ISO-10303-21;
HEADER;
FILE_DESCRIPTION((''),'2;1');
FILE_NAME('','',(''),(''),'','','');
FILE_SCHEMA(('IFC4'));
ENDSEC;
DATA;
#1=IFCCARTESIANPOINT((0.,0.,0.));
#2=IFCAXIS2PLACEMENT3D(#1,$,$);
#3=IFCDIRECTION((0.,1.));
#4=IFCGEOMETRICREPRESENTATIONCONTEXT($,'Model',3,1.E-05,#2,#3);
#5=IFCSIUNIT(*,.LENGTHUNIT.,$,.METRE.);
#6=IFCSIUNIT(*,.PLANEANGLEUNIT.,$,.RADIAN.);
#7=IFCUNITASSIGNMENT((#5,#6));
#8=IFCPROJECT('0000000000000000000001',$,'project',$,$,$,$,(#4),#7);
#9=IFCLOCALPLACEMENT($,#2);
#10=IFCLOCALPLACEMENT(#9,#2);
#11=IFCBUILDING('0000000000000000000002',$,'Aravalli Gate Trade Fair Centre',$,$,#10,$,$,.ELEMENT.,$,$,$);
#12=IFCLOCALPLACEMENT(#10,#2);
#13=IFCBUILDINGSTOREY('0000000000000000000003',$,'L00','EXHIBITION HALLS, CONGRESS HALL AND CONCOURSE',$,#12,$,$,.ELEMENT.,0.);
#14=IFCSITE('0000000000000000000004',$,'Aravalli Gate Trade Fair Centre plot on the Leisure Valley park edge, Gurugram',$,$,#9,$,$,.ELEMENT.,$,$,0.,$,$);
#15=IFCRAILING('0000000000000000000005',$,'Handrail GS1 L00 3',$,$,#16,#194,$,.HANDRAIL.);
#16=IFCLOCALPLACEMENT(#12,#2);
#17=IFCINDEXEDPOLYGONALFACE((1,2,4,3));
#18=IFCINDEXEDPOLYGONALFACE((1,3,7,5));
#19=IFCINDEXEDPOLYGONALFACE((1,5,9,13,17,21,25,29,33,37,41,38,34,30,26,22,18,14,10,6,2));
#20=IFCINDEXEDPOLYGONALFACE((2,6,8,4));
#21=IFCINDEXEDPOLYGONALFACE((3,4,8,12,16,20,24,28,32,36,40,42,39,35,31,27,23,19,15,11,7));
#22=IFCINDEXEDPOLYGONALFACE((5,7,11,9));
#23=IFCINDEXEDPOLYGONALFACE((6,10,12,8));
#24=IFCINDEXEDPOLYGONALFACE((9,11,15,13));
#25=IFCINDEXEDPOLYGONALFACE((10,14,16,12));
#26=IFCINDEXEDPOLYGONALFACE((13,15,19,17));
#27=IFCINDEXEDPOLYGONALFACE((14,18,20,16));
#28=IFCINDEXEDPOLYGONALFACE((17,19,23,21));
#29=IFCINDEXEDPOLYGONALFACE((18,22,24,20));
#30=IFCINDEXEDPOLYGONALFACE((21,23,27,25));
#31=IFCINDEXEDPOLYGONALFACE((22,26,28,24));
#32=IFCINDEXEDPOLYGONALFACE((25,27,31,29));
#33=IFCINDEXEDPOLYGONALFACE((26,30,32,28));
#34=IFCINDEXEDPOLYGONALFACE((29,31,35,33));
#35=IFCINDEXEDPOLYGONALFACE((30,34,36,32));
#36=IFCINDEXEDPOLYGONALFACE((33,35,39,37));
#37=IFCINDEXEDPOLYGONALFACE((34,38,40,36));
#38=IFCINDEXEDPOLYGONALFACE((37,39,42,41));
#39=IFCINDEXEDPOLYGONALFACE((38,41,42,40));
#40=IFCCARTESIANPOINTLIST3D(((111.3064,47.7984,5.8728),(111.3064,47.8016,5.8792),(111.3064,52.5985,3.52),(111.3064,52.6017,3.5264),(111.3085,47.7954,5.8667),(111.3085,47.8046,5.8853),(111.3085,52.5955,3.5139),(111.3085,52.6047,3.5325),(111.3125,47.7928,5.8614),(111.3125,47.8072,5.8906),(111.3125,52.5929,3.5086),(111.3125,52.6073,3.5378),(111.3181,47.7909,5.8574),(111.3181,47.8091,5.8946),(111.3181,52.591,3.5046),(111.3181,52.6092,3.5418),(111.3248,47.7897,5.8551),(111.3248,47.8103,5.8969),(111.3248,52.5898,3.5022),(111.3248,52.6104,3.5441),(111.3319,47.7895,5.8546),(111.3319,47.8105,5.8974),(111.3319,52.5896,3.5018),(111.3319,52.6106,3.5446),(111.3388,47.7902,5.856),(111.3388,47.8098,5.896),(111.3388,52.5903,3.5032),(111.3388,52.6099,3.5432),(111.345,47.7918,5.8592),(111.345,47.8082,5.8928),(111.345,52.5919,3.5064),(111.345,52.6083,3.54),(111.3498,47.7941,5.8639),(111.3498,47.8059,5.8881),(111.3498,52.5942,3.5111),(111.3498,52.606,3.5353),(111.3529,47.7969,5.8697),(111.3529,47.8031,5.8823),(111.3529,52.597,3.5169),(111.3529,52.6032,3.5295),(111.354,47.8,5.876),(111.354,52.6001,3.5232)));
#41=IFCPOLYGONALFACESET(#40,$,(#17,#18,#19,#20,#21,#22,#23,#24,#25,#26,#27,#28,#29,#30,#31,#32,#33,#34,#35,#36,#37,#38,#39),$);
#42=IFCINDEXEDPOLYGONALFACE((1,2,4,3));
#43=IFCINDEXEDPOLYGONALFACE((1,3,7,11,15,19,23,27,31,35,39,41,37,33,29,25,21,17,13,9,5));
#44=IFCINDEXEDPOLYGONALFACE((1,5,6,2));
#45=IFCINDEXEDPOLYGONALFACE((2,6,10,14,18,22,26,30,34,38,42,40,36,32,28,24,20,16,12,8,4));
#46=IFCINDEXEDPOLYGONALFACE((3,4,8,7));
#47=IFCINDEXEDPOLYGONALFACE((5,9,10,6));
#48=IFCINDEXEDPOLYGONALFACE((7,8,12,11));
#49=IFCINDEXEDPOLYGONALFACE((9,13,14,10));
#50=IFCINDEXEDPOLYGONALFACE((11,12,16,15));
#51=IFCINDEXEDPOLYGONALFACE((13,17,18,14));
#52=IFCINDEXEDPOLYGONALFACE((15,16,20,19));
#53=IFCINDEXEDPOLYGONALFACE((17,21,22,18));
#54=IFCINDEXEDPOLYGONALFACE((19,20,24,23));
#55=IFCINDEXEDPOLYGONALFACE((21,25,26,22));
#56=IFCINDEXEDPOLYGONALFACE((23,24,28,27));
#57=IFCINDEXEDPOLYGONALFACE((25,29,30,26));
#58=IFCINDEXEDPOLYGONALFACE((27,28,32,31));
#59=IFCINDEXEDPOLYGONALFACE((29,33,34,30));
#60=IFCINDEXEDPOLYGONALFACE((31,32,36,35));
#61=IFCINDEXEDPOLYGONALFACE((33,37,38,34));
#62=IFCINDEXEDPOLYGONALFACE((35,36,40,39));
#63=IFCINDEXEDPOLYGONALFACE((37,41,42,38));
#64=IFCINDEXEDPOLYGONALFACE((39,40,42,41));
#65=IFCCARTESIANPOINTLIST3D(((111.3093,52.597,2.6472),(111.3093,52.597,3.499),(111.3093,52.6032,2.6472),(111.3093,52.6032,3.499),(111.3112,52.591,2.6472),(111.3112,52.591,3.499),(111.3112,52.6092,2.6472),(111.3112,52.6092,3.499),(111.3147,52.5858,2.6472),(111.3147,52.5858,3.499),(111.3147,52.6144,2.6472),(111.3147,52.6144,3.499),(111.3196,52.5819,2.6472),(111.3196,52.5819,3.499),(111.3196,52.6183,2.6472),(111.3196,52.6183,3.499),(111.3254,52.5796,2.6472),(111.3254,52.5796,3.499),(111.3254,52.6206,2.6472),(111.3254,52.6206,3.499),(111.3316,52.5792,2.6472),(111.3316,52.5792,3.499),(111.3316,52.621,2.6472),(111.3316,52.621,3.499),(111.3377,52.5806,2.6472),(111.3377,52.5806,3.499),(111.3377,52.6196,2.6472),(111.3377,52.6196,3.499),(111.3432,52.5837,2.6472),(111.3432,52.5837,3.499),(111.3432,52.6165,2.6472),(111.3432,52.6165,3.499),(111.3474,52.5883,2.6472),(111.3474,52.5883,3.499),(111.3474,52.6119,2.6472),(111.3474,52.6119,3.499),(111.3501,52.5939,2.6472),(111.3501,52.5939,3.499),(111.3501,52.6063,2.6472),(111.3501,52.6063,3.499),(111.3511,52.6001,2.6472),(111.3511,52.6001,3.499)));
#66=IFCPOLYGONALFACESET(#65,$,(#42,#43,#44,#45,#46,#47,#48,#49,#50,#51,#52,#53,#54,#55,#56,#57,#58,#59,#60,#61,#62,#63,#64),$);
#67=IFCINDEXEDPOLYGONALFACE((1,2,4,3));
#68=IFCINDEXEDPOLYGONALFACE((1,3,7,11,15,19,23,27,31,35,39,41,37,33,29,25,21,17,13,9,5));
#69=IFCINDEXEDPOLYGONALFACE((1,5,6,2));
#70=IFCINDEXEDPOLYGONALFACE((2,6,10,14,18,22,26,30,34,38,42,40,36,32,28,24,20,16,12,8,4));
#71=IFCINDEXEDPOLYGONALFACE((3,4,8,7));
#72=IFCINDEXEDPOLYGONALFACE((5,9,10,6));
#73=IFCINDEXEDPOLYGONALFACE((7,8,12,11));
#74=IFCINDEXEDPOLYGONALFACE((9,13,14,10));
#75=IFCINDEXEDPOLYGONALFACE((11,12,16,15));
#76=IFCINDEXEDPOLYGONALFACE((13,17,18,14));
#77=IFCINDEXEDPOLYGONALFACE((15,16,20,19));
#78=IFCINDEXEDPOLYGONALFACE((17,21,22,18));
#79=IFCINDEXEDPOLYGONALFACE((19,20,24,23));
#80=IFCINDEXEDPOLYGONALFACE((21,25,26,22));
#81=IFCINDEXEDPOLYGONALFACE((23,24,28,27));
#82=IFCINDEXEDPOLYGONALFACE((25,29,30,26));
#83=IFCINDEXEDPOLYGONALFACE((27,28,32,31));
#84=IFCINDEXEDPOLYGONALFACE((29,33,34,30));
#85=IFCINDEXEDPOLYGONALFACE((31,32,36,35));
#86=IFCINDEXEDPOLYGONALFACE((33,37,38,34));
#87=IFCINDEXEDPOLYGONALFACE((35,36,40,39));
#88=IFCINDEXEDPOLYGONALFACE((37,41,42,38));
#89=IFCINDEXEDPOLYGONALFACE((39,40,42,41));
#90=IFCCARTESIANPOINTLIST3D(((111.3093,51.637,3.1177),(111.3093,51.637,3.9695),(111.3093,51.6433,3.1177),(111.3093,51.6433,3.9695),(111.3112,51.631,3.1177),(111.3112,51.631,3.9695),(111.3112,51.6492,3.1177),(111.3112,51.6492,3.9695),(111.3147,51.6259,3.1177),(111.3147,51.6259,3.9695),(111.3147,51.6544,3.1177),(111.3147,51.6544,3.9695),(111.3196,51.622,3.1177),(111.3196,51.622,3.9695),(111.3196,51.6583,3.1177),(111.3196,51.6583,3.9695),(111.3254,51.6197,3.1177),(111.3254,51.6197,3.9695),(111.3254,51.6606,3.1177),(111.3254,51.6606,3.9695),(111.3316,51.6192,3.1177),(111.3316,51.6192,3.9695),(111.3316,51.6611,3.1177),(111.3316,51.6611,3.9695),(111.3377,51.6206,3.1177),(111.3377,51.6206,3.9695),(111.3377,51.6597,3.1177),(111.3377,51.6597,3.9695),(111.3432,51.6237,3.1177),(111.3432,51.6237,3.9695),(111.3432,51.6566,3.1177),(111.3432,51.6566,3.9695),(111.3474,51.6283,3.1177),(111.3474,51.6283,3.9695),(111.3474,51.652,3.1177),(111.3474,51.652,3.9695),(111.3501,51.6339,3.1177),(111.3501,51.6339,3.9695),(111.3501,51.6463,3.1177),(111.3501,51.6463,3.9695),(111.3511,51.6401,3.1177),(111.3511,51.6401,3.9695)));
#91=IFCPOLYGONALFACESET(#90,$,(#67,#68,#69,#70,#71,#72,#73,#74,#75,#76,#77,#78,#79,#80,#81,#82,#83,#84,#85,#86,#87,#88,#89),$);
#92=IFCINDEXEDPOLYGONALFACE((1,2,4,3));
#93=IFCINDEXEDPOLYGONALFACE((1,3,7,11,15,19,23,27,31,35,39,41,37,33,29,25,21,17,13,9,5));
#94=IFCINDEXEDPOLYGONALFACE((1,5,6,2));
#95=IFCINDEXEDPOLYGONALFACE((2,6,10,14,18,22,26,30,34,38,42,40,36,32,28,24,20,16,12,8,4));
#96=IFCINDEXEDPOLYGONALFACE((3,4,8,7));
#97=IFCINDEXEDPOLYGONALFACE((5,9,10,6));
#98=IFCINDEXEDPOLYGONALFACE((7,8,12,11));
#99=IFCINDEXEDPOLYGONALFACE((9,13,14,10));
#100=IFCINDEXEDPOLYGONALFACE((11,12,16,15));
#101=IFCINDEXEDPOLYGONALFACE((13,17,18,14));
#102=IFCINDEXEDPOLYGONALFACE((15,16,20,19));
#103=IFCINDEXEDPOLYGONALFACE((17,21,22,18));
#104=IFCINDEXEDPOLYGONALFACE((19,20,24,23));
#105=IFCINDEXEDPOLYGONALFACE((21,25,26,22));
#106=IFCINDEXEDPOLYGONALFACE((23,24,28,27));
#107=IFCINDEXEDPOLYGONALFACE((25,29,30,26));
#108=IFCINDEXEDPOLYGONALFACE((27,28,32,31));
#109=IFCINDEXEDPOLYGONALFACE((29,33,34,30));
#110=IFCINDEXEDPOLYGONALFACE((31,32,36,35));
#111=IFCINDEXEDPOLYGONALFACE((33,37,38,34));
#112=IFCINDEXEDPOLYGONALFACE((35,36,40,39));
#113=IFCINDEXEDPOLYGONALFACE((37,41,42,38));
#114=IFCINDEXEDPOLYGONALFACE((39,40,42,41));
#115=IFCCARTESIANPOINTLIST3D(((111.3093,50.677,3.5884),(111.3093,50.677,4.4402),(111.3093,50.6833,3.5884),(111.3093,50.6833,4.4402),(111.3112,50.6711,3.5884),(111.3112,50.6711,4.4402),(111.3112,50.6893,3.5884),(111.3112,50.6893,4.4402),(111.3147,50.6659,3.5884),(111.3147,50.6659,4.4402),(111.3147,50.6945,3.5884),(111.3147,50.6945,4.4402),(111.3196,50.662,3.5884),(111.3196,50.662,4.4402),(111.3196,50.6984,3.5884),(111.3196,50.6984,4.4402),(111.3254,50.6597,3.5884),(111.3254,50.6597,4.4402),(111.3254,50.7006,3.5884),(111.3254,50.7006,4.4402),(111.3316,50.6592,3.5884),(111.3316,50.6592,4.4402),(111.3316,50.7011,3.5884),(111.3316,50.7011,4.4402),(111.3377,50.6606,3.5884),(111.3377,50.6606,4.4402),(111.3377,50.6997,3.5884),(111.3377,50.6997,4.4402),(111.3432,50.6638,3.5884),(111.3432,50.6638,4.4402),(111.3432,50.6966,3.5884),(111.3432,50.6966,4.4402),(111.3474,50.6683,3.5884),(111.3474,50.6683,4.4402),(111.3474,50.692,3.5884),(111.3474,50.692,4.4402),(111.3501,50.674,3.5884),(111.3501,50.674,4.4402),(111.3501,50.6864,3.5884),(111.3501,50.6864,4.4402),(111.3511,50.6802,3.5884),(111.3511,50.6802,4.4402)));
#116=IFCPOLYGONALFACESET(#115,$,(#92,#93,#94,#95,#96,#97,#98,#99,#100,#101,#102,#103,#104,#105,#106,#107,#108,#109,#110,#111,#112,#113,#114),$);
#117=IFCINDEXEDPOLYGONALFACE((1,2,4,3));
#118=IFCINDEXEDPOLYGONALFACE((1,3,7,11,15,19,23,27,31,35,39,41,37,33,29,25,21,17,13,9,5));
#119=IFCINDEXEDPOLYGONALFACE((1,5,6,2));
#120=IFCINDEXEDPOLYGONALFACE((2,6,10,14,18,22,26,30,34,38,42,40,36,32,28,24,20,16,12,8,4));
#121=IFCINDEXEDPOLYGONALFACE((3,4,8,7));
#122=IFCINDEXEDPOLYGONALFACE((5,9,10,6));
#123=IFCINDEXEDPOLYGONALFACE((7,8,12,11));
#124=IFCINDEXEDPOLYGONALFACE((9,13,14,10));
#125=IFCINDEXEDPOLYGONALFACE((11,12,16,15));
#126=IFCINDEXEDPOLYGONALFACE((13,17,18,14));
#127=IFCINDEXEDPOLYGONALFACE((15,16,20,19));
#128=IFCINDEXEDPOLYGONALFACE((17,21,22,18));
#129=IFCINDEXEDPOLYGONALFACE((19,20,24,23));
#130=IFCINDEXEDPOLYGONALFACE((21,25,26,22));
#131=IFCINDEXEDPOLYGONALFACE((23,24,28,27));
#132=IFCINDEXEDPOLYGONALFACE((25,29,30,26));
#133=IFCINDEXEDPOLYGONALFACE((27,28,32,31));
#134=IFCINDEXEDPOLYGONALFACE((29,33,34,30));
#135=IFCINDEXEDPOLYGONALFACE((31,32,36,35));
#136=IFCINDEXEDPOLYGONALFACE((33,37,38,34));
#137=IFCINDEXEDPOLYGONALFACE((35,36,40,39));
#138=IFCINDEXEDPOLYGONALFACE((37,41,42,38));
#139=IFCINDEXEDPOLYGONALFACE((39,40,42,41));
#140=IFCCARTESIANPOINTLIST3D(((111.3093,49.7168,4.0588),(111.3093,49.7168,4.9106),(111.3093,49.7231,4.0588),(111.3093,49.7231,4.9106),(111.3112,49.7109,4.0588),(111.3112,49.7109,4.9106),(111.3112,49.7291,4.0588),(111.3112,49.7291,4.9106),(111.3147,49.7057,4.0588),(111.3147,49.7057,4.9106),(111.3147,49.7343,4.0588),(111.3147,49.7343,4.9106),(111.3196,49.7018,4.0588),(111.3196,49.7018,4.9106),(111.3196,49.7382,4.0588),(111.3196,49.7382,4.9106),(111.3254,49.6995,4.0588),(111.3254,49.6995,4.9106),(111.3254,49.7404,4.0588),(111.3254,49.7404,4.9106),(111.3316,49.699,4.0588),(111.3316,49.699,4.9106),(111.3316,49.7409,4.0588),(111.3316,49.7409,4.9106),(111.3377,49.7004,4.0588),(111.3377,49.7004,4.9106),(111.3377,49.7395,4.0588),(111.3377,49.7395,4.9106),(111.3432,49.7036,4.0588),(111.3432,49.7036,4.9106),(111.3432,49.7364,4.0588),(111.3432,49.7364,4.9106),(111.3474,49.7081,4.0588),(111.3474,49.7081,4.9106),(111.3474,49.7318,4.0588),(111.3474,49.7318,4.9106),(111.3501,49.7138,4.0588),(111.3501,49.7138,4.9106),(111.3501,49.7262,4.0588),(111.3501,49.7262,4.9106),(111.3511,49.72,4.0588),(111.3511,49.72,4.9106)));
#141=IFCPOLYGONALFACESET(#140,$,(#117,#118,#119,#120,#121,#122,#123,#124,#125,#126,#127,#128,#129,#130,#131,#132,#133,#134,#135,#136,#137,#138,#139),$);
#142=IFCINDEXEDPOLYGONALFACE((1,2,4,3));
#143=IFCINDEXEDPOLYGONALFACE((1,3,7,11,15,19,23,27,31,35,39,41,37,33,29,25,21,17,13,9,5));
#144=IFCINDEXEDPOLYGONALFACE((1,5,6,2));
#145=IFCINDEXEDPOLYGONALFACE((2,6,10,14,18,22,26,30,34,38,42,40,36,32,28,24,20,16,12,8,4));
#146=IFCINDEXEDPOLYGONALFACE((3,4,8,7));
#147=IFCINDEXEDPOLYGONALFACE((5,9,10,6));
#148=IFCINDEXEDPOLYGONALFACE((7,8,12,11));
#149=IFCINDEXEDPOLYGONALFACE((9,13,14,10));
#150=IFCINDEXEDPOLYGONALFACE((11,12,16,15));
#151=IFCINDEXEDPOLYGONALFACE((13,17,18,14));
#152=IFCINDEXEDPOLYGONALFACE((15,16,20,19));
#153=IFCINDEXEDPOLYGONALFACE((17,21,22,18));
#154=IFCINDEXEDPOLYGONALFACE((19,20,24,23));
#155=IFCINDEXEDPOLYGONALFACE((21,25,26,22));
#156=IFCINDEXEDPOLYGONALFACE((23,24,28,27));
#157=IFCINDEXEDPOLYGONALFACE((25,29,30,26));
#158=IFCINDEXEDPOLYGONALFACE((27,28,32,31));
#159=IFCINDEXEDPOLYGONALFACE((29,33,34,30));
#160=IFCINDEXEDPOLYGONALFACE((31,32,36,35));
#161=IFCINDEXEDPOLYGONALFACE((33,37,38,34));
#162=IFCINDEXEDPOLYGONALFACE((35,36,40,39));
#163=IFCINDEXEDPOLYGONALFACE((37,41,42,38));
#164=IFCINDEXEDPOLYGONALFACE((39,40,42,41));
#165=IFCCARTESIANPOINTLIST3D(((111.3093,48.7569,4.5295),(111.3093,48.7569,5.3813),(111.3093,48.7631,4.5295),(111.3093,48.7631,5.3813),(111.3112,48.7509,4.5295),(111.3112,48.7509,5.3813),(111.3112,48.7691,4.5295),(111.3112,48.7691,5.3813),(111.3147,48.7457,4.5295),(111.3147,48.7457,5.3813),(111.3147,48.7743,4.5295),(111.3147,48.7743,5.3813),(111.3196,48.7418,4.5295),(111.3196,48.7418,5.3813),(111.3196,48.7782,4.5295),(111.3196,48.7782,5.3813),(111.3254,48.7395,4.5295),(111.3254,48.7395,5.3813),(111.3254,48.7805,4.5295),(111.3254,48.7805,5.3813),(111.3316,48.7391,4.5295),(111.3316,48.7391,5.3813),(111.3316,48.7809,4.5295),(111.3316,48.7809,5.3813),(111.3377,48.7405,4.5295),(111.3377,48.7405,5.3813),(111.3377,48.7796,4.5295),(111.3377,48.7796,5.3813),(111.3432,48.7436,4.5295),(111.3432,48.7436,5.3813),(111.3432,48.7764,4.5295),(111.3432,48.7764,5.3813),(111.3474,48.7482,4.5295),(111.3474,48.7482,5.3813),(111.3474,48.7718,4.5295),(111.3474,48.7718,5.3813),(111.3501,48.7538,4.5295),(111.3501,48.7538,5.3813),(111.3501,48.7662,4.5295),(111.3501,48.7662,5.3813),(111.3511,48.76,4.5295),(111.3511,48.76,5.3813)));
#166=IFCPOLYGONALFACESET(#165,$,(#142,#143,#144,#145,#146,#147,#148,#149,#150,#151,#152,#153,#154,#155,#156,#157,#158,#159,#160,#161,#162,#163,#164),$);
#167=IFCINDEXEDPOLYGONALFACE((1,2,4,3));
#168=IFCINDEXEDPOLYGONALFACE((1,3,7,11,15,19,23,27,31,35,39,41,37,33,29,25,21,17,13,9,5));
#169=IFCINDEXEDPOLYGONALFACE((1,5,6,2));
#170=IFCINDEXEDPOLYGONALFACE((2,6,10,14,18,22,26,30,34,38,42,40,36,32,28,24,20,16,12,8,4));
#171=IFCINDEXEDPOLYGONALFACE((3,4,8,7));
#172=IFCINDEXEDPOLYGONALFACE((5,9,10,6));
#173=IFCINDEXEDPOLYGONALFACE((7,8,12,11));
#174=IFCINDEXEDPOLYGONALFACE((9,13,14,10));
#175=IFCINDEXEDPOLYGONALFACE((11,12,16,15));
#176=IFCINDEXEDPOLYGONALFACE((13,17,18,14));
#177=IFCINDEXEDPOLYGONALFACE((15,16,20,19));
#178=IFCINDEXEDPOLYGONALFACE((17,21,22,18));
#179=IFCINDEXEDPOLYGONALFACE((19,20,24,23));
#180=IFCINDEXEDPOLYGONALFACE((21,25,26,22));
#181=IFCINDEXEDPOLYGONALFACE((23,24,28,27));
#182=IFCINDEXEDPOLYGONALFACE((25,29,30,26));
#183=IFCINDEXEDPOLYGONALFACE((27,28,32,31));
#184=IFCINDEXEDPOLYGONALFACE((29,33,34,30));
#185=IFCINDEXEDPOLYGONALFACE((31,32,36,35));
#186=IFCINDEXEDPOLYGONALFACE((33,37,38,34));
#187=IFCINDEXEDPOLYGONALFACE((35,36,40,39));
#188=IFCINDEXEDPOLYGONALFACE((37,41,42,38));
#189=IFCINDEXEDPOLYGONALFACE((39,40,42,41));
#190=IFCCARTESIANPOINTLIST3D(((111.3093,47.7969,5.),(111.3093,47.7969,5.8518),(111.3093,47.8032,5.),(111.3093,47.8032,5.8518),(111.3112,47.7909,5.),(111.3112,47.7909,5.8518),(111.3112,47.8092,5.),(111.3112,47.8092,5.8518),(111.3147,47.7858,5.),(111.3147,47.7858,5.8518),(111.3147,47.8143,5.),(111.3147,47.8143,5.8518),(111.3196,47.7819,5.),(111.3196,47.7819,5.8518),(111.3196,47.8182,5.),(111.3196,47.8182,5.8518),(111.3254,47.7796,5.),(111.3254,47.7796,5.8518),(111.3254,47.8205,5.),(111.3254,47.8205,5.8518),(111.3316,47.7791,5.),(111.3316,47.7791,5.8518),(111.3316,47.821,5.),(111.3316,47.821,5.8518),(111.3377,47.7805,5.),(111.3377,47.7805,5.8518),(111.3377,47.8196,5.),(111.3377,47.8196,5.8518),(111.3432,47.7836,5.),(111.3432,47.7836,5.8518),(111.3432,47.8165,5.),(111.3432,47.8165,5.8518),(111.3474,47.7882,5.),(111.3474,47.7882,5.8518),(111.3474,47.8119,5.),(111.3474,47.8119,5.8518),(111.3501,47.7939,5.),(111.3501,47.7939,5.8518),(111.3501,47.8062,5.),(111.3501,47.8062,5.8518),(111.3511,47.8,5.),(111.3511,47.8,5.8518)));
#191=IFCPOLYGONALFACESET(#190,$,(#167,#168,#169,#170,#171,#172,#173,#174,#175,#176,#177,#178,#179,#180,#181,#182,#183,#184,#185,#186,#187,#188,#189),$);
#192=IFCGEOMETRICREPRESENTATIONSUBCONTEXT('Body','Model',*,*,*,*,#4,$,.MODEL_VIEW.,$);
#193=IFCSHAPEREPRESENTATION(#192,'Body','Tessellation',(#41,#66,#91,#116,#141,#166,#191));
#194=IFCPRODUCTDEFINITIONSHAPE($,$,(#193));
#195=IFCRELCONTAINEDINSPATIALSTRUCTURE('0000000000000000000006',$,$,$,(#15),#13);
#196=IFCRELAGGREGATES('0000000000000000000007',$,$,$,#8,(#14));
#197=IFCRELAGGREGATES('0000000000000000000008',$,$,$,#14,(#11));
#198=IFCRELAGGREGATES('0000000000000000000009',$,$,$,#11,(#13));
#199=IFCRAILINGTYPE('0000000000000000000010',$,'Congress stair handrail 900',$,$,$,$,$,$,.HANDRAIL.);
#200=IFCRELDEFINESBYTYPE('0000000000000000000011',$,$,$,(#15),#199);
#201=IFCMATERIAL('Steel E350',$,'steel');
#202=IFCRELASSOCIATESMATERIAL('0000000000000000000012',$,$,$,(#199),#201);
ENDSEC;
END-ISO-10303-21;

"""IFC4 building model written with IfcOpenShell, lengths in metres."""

from ifc_helpers import new_model, si_unit, direction, frame, origin, origin_2d, place, context, subcontext, project, spatial, circle, extrude, material, type_object, element, save


model = new_model("IFC4")

# Units and contexts
model_context = context("Model", 3, precision=1e-05, world=origin(), true_north=direction((0.0, 1.0)))
body_context = subcontext(model_context, "Body", "Model", "MODEL_VIEW")
ifc_project = project(units=[si_unit("LENGTHUNIT", "METRE"), si_unit("PLANEANGLEUNIT", "RADIAN")], contexts=[model_context])

# Site, building, storey
site_placement = place(None, origin())
site = spatial("IfcSite", under=ifc_project, at=site_placement, Name="Aravalli Gate Trade Fair Centre plot on the Leisure Valley park edge, Gurugram", CompositionType="ELEMENT", RefElevation=0.0)
building_placement = place(site_placement, origin())
building = spatial("IfcBuilding", under=site, at=building_placement, Name="Aravalli Gate Trade Fair Centre", CompositionType="ELEMENT")
storey_placement = place(building_placement, origin())
storey = spatial("IfcBuildingStorey", under=building, at=storey_placement, Name="L00", Description="EXHIBITION HALLS, CONGRESS HALL AND CONCOURSE", CompositionType="ELEMENT", Elevation=0.0)

# Railing
ifc_material_1 = material(Name="Steel E350", Category="steel")
railing_type = type_object("IfcRailingType", Name="Congress stair handrail 900", PredefinedType="HANDRAIL", material=ifc_material_1)
for number, where, name in (
    (1, (111.3301, 52.6001, 2.6472), "Handrail GS1 L00 3"),
):
    element("IfcRailing", number, at=place(storey_placement, frame(where)), inside=storey, type_object=railing_type, Name=name, PredefinedType="HANDRAIL", context=body_context, shape_type="SweptSolid", body=[
        extrude(circle(Radius=0.0239, at=origin_2d()), frame((0.0, 0.0, 0.876), z_axis=(0.0, -0.897934, 0.44013), x_axis=(1.0, 0.0, 0.0)), (0.0, 0.0, 1.0), 5.3457),
        extrude(circle(Radius=0.021, at=origin_2d()), origin(), (0.0, 0.0, 1.0), 0.8518),
        extrude(circle(Radius=0.021, at=origin_2d()), frame((0.0, -0.96, 0.4705)), (0.0, 0.0, 1.0), 0.8518),
        extrude(circle(Radius=0.021, at=origin_2d()), frame((0.0, -1.9199, 0.9412)), (0.0, 0.0, 1.0), 0.8518),
        extrude(circle(Radius=0.021, at=origin_2d()), frame((0.0, -2.8801, 1.4116)), (0.0, 0.0, 1.0), 0.8518),
        extrude(circle(Radius=0.021, at=origin_2d()), frame((0.0, -3.8401, 1.8823)), (0.0, 0.0, 1.0), 0.8518),
        extrude(circle(Radius=0.021, at=origin_2d()), frame((0.0, -4.8, 2.3528)), (0.0, 0.0, 1.0), 0.8518),
    ])

save(model, "model.ifc")
